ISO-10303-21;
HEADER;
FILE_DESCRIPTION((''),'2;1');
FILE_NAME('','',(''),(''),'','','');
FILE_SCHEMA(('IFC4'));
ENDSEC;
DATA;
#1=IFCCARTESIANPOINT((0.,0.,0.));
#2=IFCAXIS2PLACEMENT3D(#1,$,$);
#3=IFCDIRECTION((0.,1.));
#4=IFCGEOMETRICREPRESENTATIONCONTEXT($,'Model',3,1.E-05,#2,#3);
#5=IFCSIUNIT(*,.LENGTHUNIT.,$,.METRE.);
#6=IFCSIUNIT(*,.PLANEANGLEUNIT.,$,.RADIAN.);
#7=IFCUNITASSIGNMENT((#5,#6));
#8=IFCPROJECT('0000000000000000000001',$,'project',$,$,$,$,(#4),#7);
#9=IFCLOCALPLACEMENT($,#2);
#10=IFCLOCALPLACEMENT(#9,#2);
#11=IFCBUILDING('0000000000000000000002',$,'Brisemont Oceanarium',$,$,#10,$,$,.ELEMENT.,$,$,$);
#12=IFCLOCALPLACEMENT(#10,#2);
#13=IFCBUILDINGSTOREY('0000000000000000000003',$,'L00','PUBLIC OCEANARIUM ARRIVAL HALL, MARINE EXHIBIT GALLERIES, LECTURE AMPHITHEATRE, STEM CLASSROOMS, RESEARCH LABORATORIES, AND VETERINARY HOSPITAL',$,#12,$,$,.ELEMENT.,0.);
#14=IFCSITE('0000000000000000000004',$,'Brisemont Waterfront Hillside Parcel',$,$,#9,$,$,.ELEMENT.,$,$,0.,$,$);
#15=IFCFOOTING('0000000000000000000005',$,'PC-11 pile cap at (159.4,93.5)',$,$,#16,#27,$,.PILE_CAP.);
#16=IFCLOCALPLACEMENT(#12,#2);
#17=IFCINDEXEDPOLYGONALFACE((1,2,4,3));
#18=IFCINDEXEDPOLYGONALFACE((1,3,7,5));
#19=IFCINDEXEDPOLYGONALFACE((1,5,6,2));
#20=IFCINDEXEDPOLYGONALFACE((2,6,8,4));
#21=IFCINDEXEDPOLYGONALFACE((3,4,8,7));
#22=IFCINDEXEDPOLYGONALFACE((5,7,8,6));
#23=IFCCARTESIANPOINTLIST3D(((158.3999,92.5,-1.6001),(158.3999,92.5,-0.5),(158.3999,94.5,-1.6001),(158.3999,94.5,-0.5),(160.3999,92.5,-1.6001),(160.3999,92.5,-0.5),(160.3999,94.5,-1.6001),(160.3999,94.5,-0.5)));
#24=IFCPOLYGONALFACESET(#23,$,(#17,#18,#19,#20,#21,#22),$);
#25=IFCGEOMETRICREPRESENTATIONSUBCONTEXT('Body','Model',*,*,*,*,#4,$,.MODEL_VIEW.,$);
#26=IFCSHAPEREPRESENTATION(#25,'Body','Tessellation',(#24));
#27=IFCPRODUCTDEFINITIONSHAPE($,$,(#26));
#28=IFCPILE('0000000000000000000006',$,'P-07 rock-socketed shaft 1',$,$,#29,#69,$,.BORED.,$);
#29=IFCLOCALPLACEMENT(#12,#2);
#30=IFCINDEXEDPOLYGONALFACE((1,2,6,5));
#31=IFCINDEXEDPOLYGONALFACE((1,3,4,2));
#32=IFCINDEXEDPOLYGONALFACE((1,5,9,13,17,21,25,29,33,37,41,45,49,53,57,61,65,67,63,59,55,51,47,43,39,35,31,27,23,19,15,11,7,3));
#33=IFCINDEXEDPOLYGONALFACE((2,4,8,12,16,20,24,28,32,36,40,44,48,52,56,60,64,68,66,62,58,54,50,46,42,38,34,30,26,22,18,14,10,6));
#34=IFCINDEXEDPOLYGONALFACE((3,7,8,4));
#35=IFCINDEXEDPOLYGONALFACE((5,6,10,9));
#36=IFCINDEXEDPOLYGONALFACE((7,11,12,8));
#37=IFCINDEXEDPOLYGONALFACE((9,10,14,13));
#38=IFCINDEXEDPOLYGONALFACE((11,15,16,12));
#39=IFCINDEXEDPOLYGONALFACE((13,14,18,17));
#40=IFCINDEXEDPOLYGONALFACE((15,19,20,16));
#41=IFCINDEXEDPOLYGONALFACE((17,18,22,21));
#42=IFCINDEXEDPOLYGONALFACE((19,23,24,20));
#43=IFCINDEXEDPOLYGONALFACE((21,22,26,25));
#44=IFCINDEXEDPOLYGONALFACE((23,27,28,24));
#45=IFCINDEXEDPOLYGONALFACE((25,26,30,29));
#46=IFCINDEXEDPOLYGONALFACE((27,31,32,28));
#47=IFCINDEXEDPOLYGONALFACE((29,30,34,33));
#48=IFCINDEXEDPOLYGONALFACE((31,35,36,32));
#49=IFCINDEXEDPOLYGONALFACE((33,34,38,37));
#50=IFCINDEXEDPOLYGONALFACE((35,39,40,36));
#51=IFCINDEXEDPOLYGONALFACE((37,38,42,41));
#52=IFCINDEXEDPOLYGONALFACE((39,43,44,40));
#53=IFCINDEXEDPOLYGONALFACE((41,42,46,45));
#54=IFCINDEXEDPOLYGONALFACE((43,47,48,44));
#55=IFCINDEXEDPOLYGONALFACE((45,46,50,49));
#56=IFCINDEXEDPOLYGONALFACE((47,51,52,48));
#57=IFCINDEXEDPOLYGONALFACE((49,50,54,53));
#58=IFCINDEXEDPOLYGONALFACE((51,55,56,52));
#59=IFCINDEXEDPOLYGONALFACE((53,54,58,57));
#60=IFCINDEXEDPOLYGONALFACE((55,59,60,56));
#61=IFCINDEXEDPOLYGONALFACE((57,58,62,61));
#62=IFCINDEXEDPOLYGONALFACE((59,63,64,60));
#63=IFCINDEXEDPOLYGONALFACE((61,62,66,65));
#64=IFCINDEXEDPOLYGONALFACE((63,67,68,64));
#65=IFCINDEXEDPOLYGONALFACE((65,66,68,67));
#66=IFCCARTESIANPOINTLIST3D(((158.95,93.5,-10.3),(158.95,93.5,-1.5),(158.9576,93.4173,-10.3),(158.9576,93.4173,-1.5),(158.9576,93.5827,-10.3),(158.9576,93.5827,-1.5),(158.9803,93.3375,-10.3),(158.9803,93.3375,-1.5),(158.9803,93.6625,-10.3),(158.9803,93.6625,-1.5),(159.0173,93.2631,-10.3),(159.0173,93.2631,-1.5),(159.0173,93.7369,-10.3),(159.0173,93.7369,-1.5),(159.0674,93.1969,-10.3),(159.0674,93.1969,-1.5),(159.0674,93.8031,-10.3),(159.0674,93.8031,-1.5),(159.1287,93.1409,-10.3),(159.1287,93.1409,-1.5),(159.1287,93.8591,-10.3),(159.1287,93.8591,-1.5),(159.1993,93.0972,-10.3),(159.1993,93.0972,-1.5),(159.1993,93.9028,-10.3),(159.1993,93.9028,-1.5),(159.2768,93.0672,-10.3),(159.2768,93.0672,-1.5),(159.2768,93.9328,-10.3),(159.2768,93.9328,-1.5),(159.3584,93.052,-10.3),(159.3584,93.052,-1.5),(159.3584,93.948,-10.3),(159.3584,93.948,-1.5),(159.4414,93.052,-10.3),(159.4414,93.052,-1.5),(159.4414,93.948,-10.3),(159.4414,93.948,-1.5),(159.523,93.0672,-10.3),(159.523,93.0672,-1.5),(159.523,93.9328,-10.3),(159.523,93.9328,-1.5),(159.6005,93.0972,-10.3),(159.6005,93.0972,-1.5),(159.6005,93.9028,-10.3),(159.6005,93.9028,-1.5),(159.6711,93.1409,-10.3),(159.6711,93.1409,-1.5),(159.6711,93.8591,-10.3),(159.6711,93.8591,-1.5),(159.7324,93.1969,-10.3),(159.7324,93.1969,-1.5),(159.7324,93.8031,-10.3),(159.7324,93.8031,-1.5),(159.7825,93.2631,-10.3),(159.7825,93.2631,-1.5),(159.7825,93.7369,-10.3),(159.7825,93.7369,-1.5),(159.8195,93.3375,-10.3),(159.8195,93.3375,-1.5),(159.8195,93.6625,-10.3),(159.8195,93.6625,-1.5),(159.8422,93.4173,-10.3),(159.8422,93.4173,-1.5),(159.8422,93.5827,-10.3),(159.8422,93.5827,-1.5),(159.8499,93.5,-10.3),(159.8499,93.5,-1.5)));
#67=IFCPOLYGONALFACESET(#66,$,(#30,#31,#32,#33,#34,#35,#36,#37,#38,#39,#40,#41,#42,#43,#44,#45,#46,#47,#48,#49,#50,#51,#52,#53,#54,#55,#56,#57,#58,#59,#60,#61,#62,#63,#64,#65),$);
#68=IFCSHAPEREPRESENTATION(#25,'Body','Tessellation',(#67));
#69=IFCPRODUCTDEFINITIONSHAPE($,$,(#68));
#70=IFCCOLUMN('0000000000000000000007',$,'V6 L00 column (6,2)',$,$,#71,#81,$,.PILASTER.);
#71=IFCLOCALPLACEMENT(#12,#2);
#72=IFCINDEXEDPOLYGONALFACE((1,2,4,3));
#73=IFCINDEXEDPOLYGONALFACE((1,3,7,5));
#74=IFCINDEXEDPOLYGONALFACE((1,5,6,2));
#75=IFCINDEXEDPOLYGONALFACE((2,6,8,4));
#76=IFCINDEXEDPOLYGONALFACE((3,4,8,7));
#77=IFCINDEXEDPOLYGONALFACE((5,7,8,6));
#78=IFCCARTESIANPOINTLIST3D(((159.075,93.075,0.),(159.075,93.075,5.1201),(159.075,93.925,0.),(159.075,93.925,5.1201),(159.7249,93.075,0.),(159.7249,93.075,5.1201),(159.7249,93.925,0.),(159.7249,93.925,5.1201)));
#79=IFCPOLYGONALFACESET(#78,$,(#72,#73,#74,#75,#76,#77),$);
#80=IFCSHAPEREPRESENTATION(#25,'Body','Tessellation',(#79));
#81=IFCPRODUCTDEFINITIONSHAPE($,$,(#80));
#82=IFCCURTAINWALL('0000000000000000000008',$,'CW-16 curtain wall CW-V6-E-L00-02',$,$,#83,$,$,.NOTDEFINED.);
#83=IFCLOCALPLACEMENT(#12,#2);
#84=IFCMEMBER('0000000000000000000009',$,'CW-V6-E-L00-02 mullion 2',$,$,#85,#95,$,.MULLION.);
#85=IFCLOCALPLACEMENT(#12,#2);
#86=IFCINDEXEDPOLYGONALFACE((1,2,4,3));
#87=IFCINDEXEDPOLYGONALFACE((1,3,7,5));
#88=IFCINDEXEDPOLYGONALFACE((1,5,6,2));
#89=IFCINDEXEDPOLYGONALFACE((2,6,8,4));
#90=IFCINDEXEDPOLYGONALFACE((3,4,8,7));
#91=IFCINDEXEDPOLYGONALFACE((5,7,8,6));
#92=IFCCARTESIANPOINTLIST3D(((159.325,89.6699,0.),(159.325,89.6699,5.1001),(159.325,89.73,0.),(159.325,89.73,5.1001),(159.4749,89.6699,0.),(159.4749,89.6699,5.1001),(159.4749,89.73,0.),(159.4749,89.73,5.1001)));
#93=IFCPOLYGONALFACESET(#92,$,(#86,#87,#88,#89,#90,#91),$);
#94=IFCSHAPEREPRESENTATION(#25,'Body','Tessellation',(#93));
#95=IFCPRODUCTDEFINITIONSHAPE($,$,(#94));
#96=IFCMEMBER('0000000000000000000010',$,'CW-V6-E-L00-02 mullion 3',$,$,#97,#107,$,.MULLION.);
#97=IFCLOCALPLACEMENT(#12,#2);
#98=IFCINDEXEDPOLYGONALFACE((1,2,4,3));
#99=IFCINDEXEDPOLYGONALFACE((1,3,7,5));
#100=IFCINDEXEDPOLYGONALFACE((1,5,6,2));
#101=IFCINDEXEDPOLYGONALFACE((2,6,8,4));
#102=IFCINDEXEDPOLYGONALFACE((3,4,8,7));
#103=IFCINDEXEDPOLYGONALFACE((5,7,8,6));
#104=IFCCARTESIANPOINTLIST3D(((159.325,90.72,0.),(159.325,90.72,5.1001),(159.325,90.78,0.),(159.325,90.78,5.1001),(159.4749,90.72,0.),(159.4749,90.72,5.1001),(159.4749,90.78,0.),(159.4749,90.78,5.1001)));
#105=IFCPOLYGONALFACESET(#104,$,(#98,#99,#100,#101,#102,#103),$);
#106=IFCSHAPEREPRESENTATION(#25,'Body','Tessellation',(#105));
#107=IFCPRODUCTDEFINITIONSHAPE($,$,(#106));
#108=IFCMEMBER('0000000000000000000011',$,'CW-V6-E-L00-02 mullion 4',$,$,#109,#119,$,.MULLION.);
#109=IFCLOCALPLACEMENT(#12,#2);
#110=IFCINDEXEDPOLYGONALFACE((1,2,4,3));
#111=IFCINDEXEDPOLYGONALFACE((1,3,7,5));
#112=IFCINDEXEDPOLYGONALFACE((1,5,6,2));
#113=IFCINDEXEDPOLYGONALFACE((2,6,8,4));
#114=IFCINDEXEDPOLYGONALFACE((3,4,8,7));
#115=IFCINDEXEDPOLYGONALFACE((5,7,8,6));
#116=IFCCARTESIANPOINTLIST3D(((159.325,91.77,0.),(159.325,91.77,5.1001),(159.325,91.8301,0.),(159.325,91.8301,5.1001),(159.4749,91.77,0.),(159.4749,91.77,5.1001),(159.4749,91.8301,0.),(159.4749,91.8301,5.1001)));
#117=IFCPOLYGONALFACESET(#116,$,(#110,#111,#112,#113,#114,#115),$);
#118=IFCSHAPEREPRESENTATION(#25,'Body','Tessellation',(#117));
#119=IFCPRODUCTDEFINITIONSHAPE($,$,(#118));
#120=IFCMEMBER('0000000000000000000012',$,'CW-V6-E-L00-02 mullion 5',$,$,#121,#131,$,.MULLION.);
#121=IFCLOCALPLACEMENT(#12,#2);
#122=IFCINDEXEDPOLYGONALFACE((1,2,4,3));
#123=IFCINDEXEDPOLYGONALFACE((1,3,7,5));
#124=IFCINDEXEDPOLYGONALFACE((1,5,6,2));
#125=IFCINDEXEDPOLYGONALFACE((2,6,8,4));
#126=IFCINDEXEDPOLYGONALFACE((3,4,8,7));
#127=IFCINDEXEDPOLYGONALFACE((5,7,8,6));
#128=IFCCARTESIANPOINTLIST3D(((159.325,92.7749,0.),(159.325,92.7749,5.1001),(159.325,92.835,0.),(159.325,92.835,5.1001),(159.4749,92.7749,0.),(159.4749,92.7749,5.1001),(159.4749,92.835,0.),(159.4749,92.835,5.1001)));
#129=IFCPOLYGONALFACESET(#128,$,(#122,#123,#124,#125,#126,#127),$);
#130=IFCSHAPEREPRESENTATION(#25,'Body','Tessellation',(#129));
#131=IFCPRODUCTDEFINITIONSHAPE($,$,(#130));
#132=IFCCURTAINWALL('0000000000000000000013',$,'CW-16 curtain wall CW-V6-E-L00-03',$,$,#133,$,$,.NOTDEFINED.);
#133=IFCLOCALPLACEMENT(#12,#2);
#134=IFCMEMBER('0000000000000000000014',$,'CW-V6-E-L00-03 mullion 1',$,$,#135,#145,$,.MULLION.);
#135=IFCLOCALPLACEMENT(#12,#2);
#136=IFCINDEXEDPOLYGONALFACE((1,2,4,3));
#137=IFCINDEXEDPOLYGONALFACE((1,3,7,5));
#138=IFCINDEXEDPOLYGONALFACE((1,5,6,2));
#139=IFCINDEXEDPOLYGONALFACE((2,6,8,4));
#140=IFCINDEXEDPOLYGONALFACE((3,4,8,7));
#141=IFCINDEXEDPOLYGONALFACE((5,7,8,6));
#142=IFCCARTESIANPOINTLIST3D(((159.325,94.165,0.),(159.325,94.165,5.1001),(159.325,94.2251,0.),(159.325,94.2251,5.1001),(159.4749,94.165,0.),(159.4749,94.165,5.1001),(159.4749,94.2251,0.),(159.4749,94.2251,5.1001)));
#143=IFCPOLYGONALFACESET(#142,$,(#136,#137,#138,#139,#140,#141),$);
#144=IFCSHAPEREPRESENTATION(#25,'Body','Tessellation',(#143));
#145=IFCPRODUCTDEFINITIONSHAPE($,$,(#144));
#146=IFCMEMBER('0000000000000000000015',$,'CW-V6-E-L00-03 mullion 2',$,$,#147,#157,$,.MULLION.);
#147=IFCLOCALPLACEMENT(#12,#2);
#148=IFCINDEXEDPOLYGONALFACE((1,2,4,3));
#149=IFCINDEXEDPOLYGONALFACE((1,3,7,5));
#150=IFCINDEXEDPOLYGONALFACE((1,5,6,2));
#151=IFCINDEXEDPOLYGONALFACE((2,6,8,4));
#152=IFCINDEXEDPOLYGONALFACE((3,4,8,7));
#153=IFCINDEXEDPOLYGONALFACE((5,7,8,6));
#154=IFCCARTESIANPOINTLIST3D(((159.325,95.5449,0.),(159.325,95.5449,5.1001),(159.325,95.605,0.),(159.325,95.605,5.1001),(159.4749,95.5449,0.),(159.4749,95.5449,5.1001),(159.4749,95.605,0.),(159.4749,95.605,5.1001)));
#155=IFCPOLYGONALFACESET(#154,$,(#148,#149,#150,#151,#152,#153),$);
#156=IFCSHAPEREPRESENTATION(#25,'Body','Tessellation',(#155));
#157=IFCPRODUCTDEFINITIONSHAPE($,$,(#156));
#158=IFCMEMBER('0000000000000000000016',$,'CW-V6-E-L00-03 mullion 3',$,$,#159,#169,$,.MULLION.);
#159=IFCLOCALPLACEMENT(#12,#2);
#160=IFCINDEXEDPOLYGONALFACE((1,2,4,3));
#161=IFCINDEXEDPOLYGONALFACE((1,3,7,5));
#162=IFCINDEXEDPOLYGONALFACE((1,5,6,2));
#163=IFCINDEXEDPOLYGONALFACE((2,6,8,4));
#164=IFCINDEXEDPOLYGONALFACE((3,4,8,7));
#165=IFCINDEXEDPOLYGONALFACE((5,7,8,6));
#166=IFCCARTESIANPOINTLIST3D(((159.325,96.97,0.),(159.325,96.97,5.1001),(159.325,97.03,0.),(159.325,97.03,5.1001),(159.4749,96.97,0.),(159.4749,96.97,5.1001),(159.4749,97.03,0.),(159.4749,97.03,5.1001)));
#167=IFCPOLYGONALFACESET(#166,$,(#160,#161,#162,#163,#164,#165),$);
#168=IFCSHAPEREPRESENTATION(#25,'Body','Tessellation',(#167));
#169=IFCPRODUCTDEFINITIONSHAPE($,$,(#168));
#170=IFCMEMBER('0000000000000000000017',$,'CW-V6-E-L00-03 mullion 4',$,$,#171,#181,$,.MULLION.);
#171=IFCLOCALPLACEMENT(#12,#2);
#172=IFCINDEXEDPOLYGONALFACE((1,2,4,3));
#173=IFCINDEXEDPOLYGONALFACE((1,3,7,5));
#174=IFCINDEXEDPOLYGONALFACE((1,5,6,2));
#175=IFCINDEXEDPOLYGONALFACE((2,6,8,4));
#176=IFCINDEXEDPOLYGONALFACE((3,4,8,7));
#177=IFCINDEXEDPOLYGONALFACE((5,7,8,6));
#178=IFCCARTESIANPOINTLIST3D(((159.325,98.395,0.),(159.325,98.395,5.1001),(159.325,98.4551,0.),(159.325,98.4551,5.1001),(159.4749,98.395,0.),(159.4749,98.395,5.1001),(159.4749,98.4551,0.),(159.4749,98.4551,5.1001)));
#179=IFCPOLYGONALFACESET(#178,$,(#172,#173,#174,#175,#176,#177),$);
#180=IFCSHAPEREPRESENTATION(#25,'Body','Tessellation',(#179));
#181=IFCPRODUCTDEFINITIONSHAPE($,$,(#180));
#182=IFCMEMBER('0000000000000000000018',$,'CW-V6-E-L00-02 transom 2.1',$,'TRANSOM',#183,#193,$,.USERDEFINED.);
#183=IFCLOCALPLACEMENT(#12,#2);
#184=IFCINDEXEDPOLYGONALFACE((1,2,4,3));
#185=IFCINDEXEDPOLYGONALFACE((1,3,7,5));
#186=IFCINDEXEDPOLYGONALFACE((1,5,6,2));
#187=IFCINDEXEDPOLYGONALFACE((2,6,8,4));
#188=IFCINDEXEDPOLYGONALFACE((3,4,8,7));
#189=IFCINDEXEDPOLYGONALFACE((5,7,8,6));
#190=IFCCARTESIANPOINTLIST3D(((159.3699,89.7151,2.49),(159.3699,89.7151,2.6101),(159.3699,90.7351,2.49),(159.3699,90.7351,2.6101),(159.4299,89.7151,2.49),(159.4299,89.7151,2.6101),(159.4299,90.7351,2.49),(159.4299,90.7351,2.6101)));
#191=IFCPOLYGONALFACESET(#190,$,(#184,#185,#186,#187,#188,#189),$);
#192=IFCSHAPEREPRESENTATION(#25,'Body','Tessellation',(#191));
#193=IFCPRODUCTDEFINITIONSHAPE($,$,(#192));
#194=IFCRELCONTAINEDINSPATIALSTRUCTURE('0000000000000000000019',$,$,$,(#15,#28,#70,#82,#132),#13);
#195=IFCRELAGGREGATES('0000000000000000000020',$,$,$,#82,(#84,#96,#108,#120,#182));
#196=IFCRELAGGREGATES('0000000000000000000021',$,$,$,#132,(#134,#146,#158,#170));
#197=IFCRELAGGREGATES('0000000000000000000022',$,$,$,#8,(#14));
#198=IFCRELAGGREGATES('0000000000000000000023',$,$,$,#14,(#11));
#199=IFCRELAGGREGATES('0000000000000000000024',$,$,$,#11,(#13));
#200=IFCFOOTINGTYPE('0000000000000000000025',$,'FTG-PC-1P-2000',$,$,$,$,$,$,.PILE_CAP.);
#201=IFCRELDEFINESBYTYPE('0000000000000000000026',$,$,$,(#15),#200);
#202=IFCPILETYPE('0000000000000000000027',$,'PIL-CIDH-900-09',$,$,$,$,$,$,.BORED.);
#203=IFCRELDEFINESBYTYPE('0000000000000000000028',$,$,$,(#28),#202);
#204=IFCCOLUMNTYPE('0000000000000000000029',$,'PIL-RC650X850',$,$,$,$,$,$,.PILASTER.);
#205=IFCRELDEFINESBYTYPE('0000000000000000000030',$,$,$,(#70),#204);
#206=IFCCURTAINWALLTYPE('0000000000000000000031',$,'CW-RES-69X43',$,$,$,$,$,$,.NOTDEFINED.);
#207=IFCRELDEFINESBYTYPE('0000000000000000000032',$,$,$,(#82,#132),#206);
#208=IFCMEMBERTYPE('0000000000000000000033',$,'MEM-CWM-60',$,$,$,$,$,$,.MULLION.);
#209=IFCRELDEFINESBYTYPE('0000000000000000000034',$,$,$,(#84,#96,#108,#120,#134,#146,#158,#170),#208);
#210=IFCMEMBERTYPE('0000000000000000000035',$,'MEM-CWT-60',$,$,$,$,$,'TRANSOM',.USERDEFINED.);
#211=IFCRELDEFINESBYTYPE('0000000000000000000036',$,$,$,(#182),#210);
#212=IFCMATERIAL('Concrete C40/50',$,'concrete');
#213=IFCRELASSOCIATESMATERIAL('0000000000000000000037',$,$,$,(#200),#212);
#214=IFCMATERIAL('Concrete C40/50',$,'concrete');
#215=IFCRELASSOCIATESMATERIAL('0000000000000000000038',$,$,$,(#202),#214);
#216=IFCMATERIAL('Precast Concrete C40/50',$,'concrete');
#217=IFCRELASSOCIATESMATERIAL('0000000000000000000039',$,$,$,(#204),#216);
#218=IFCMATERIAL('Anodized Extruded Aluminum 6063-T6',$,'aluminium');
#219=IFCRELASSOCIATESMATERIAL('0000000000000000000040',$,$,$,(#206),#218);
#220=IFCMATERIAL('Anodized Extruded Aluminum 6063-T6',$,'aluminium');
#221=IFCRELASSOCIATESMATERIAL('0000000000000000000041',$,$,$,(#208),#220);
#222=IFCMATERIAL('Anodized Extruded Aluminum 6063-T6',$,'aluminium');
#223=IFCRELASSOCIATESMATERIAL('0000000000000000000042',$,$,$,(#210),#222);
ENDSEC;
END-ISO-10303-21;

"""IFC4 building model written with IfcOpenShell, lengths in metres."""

from ifc_helpers import new_model, si_unit, direction, frame, origin, origin_2d, place, context, subcontext, project, spatial, rectangle, circle, extrude, material, material_profile, profile_set, type_object, element, aggregate, save


model = new_model("IFC4")

# Units and contexts
model_context = context("Model", 3, precision=1e-05, world=origin(), true_north=direction((0.0, 1.0)))
body_context = subcontext(model_context, "Body", "Model", "MODEL_VIEW")
ifc_project = project(units=[si_unit("LENGTHUNIT", "METRE"), si_unit("PLANEANGLEUNIT", "RADIAN")], contexts=[model_context])

# Site, building, storey
site_placement = place(None, origin())
site = spatial("IfcSite", under=ifc_project, at=site_placement, Name="Brisemont Waterfront Hillside Parcel", CompositionType="ELEMENT", RefElevation=0.0)
building_placement = place(site_placement, origin())
building = spatial("IfcBuilding", under=site, at=building_placement, Name="Brisemont Oceanarium", CompositionType="ELEMENT")
storey_placement = place(building_placement, origin())
storey = spatial("IfcBuildingStorey", under=building, at=storey_placement, Name="L00", Description="PUBLIC OCEANARIUM ARRIVAL HALL, MARINE EXHIBIT GALLERIES, LECTURE AMPHITHEATRE, STEM CLASSROOMS, RESEARCH LABORATORIES, AND VETERINARY HOSPITAL", CompositionType="ELEMENT", Elevation=0.0)

# Footing
ifc_material_1 = material(Name="Concrete C40/50", Category="concrete")
footing_type = type_object("IfcFootingType", Name="FTG-PC-1P-2000", PredefinedType="PILE_CAP", material=ifc_material_1)
footing_placement = place(storey_placement, frame((159.3999, 93.5, -1.6001), z_axis=(0.0, 0.0, 1.0), x_axis=(1.0, 0.0, 0.0)))
element("IfcFooting", 1, at=footing_placement, inside=storey, type_object=footing_type, Name="PC-11 pile cap at (159.4,93.5)", PredefinedType="PILE_CAP", context=body_context, shape_type="SweptSolid", body=[
    extrude(rectangle(XDim=2.0, YDim=2.0, at=origin_2d()), origin(), (0.0, 0.0, 1.0), 1.1001),
])

# Pile
ifc_material_2 = material(Name="Concrete C40/50", Category="concrete")
ifc_material_profile_1 = material_profile(ifc_material_2, circle(Radius=0.45, at=origin_2d()), Name="CIDH-D900")
ifc_profile_set_1 = profile_set([ifc_material_profile_1], Name="Concrete C40/50")
pile_type = type_object("IfcPileType", Name="PIL-CIDH-900-09", PredefinedType="BORED", material=ifc_profile_set_1)
pile_placement = place(storey_placement, frame((159.3999, 93.5, -1.5), z_axis=(0.0, 0.0, -1.0), x_axis=(1.0, 0.0, 0.0)))
element("IfcPile", 2, at=pile_placement, inside=storey, type_object=pile_type, Name="P-07 rock-socketed shaft 1", PredefinedType="BORED", context=body_context, shape_type="SweptSolid", body=[
    extrude(circle(Radius=0.45, at=origin_2d()), origin(), (0.0, 0.0, 1.0), 8.8),
])

# Column
ifc_material_3 = material(Name="Precast Concrete C40/50", Category="concrete")
ifc_material_profile_2 = material_profile(ifc_material_3, rectangle(XDim=0.6499, YDim=0.8501, at=origin_2d()), Name="RC-PIL-650X850")
ifc_profile_set_2 = profile_set([ifc_material_profile_2], Name="Precast Concrete C40/50")
column_type = type_object("IfcColumnType", Name="PIL-RC650X850", PredefinedType="PILASTER", material=ifc_profile_set_2)
column_placement = place(storey_placement, frame((159.3999, 93.5, 0.0), z_axis=(0.0, 0.0, 1.0), x_axis=(1.0, 0.0, 0.0)))
element("IfcColumn", 3, at=column_placement, inside=storey, type_object=column_type, Name="V6 L00 column (6,2)", PredefinedType="PILASTER", context=body_context, shape_type="SweptSolid", body=[
    extrude(rectangle(XDim=0.6499, YDim=0.8501, at=origin_2d()), origin(), (0.0, 0.0, 1.0), 5.1201),
])

# Curtain walls, members
ifc_material_4 = material(Name="Anodized Extruded Aluminum 6063-T6", Category="aluminium")
curtain_wall_type = type_object("IfcCurtainWallType", Name="CW-RES-69X43", PredefinedType="NOTDEFINED", material=ifc_material_4)
curtain_wall_1_placement = place(storey_placement, origin())
curtain_wall_1 = element("IfcCurtainWall", 4, at=curtain_wall_1_placement, inside=storey, type_object=curtain_wall_type, Name="CW-16 curtain wall CW-V6-E-L00-02", PredefinedType="NOTDEFINED")
ifc_material_5 = material(Name="Anodized Extruded Aluminum 6063-T6", Category="aluminium")
ifc_material_profile_3 = material_profile(ifc_material_5, rectangle(XDim=0.0601, YDim=0.1499, at=origin_2d()), Name="CWM-60X150")
ifc_profile_set_3 = profile_set([ifc_material_profile_3], Name="Anodized Extruded Aluminum 6063-T6")
member_type_1 = type_object("IfcMemberType", Name="MEM-CWM-60", PredefinedType="MULLION", material=ifc_profile_set_3)
member_1_placement = place(storey_placement, frame((159.3999, 89.7, 0.0), z_axis=(0.0, 0.0, 1.0), x_axis=(0.0, 1.0, 0.0)))
member_1 = element("IfcMember", 5, at=member_1_placement, type_object=member_type_1, Name="CW-V6-E-L00-02 mullion 2", PredefinedType="MULLION", context=body_context, shape_type="SweptSolid", body=[
    extrude(rectangle(XDim=0.0601, YDim=0.1499, at=origin_2d()), origin(), (0.0, 0.0, 1.0), 5.1001),
])
member_2_placement = place(storey_placement, frame((159.3999, 90.75, 0.0), z_axis=(0.0, 0.0, 1.0), x_axis=(0.0, 1.0, 0.0)))
member_2 = element("IfcMember", 6, at=member_2_placement, type_object=member_type_1, Name="CW-V6-E-L00-02 mullion 3", PredefinedType="MULLION", context=body_context, shape_type="SweptSolid", body=[
    extrude(rectangle(XDim=0.0601, YDim=0.1499, at=origin_2d()), origin(), (0.0, 0.0, 1.0), 5.1001),
])
member_3_placement = place(storey_placement, frame((159.3999, 91.8, 0.0), z_axis=(0.0, 0.0, 1.0), x_axis=(0.0, 1.0, 0.0)))
member_3 = element("IfcMember", 7, at=member_3_placement, type_object=member_type_1, Name="CW-V6-E-L00-02 mullion 4", PredefinedType="MULLION", context=body_context, shape_type="SweptSolid", body=[
    extrude(rectangle(XDim=0.0601, YDim=0.1499, at=origin_2d()), origin(), (0.0, 0.0, 1.0), 5.1001),
])
member_4_placement = place(storey_placement, frame((159.3999, 92.8049, 0.0), z_axis=(0.0, 0.0, 1.0), x_axis=(0.0, 1.0, 0.0)))
member_4 = element("IfcMember", 8, at=member_4_placement, type_object=member_type_1, Name="CW-V6-E-L00-02 mullion 5", PredefinedType="MULLION", context=body_context, shape_type="SweptSolid", body=[
    extrude(rectangle(XDim=0.0601, YDim=0.1499, at=origin_2d()), origin(), (0.0, 0.0, 1.0), 5.1001),
])
curtain_wall_2_placement = place(storey_placement, origin())
curtain_wall_2 = element("IfcCurtainWall", 9, at=curtain_wall_2_placement, inside=storey, type_object=curtain_wall_type, Name="CW-16 curtain wall CW-V6-E-L00-03", PredefinedType="NOTDEFINED")
member_5_placement = place(storey_placement, frame((159.3999, 94.1951, 0.0), z_axis=(0.0, 0.0, 1.0), x_axis=(0.0, 1.0, 0.0)))
member_5 = element("IfcMember", 10, at=member_5_placement, type_object=member_type_1, Name="CW-V6-E-L00-03 mullion 1", PredefinedType="MULLION", context=body_context, shape_type="SweptSolid", body=[
    extrude(rectangle(XDim=0.0601, YDim=0.1499, at=origin_2d()), origin(), (0.0, 0.0, 1.0), 5.1001),
])
member_6_placement = place(storey_placement, frame((159.3999, 95.575, 0.0), z_axis=(0.0, 0.0, 1.0), x_axis=(0.0, 1.0, 0.0)))
member_6 = element("IfcMember", 11, at=member_6_placement, type_object=member_type_1, Name="CW-V6-E-L00-03 mullion 2", PredefinedType="MULLION", context=body_context, shape_type="SweptSolid", body=[
    extrude(rectangle(XDim=0.0601, YDim=0.1499, at=origin_2d()), origin(), (0.0, 0.0, 1.0), 5.1001),
])
member_7_placement = place(storey_placement, frame((159.3999, 97.0, 0.0), z_axis=(0.0, 0.0, 1.0), x_axis=(0.0, 1.0, 0.0)))
member_7 = element("IfcMember", 12, at=member_7_placement, type_object=member_type_1, Name="CW-V6-E-L00-03 mullion 3", PredefinedType="MULLION", context=body_context, shape_type="SweptSolid", body=[
    extrude(rectangle(XDim=0.0601, YDim=0.1499, at=origin_2d()), origin(), (0.0, 0.0, 1.0), 5.1001),
])
member_8_placement = place(storey_placement, frame((159.3999, 98.425, 0.0), z_axis=(0.0, 0.0, 1.0), x_axis=(0.0, 1.0, 0.0)))
member_8 = element("IfcMember", 13, at=member_8_placement, type_object=member_type_1, Name="CW-V6-E-L00-03 mullion 4", PredefinedType="MULLION", context=body_context, shape_type="SweptSolid", body=[
    extrude(rectangle(XDim=0.0601, YDim=0.1499, at=origin_2d()), origin(), (0.0, 0.0, 1.0), 5.1001),
])

# Member
ifc_material_6 = material(Name="Anodized Extruded Aluminum 6063-T6", Category="aluminium")
ifc_material_profile_4 = material_profile(ifc_material_6, rectangle(XDim=0.0601, YDim=0.1201, at=origin_2d()), Name="CWT-60X120")
ifc_profile_set_4 = profile_set([ifc_material_profile_4], Name="Anodized Extruded Aluminum 6063-T6")
member_type_2 = type_object("IfcMemberType", Name="MEM-CWT-60", ElementType="TRANSOM", PredefinedType="USERDEFINED", material=ifc_profile_set_4)
member_9_placement = place(storey_placement, frame((159.3999, 89.7151, 2.55), z_axis=(0.0, 1.0, 0.0), x_axis=(-1.0, 0.0, 0.0)))
member_9 = element("IfcMember", 14, at=member_9_placement, type_object=member_type_2, Name="CW-V6-E-L00-02 transom 2.1", ObjectType="TRANSOM", PredefinedType="USERDEFINED", context=body_context, shape_type="SweptSolid", body=[
    extrude(rectangle(XDim=0.0601, YDim=0.1201, at=origin_2d()), origin(), (0.0, 0.0, 1.0), 1.02),
])

aggregate(curtain_wall_1, [member_1, member_2, member_3, member_4, member_9])
aggregate(curtain_wall_2, [member_5, member_6, member_7, member_8])

save(model, "model.ifc")
